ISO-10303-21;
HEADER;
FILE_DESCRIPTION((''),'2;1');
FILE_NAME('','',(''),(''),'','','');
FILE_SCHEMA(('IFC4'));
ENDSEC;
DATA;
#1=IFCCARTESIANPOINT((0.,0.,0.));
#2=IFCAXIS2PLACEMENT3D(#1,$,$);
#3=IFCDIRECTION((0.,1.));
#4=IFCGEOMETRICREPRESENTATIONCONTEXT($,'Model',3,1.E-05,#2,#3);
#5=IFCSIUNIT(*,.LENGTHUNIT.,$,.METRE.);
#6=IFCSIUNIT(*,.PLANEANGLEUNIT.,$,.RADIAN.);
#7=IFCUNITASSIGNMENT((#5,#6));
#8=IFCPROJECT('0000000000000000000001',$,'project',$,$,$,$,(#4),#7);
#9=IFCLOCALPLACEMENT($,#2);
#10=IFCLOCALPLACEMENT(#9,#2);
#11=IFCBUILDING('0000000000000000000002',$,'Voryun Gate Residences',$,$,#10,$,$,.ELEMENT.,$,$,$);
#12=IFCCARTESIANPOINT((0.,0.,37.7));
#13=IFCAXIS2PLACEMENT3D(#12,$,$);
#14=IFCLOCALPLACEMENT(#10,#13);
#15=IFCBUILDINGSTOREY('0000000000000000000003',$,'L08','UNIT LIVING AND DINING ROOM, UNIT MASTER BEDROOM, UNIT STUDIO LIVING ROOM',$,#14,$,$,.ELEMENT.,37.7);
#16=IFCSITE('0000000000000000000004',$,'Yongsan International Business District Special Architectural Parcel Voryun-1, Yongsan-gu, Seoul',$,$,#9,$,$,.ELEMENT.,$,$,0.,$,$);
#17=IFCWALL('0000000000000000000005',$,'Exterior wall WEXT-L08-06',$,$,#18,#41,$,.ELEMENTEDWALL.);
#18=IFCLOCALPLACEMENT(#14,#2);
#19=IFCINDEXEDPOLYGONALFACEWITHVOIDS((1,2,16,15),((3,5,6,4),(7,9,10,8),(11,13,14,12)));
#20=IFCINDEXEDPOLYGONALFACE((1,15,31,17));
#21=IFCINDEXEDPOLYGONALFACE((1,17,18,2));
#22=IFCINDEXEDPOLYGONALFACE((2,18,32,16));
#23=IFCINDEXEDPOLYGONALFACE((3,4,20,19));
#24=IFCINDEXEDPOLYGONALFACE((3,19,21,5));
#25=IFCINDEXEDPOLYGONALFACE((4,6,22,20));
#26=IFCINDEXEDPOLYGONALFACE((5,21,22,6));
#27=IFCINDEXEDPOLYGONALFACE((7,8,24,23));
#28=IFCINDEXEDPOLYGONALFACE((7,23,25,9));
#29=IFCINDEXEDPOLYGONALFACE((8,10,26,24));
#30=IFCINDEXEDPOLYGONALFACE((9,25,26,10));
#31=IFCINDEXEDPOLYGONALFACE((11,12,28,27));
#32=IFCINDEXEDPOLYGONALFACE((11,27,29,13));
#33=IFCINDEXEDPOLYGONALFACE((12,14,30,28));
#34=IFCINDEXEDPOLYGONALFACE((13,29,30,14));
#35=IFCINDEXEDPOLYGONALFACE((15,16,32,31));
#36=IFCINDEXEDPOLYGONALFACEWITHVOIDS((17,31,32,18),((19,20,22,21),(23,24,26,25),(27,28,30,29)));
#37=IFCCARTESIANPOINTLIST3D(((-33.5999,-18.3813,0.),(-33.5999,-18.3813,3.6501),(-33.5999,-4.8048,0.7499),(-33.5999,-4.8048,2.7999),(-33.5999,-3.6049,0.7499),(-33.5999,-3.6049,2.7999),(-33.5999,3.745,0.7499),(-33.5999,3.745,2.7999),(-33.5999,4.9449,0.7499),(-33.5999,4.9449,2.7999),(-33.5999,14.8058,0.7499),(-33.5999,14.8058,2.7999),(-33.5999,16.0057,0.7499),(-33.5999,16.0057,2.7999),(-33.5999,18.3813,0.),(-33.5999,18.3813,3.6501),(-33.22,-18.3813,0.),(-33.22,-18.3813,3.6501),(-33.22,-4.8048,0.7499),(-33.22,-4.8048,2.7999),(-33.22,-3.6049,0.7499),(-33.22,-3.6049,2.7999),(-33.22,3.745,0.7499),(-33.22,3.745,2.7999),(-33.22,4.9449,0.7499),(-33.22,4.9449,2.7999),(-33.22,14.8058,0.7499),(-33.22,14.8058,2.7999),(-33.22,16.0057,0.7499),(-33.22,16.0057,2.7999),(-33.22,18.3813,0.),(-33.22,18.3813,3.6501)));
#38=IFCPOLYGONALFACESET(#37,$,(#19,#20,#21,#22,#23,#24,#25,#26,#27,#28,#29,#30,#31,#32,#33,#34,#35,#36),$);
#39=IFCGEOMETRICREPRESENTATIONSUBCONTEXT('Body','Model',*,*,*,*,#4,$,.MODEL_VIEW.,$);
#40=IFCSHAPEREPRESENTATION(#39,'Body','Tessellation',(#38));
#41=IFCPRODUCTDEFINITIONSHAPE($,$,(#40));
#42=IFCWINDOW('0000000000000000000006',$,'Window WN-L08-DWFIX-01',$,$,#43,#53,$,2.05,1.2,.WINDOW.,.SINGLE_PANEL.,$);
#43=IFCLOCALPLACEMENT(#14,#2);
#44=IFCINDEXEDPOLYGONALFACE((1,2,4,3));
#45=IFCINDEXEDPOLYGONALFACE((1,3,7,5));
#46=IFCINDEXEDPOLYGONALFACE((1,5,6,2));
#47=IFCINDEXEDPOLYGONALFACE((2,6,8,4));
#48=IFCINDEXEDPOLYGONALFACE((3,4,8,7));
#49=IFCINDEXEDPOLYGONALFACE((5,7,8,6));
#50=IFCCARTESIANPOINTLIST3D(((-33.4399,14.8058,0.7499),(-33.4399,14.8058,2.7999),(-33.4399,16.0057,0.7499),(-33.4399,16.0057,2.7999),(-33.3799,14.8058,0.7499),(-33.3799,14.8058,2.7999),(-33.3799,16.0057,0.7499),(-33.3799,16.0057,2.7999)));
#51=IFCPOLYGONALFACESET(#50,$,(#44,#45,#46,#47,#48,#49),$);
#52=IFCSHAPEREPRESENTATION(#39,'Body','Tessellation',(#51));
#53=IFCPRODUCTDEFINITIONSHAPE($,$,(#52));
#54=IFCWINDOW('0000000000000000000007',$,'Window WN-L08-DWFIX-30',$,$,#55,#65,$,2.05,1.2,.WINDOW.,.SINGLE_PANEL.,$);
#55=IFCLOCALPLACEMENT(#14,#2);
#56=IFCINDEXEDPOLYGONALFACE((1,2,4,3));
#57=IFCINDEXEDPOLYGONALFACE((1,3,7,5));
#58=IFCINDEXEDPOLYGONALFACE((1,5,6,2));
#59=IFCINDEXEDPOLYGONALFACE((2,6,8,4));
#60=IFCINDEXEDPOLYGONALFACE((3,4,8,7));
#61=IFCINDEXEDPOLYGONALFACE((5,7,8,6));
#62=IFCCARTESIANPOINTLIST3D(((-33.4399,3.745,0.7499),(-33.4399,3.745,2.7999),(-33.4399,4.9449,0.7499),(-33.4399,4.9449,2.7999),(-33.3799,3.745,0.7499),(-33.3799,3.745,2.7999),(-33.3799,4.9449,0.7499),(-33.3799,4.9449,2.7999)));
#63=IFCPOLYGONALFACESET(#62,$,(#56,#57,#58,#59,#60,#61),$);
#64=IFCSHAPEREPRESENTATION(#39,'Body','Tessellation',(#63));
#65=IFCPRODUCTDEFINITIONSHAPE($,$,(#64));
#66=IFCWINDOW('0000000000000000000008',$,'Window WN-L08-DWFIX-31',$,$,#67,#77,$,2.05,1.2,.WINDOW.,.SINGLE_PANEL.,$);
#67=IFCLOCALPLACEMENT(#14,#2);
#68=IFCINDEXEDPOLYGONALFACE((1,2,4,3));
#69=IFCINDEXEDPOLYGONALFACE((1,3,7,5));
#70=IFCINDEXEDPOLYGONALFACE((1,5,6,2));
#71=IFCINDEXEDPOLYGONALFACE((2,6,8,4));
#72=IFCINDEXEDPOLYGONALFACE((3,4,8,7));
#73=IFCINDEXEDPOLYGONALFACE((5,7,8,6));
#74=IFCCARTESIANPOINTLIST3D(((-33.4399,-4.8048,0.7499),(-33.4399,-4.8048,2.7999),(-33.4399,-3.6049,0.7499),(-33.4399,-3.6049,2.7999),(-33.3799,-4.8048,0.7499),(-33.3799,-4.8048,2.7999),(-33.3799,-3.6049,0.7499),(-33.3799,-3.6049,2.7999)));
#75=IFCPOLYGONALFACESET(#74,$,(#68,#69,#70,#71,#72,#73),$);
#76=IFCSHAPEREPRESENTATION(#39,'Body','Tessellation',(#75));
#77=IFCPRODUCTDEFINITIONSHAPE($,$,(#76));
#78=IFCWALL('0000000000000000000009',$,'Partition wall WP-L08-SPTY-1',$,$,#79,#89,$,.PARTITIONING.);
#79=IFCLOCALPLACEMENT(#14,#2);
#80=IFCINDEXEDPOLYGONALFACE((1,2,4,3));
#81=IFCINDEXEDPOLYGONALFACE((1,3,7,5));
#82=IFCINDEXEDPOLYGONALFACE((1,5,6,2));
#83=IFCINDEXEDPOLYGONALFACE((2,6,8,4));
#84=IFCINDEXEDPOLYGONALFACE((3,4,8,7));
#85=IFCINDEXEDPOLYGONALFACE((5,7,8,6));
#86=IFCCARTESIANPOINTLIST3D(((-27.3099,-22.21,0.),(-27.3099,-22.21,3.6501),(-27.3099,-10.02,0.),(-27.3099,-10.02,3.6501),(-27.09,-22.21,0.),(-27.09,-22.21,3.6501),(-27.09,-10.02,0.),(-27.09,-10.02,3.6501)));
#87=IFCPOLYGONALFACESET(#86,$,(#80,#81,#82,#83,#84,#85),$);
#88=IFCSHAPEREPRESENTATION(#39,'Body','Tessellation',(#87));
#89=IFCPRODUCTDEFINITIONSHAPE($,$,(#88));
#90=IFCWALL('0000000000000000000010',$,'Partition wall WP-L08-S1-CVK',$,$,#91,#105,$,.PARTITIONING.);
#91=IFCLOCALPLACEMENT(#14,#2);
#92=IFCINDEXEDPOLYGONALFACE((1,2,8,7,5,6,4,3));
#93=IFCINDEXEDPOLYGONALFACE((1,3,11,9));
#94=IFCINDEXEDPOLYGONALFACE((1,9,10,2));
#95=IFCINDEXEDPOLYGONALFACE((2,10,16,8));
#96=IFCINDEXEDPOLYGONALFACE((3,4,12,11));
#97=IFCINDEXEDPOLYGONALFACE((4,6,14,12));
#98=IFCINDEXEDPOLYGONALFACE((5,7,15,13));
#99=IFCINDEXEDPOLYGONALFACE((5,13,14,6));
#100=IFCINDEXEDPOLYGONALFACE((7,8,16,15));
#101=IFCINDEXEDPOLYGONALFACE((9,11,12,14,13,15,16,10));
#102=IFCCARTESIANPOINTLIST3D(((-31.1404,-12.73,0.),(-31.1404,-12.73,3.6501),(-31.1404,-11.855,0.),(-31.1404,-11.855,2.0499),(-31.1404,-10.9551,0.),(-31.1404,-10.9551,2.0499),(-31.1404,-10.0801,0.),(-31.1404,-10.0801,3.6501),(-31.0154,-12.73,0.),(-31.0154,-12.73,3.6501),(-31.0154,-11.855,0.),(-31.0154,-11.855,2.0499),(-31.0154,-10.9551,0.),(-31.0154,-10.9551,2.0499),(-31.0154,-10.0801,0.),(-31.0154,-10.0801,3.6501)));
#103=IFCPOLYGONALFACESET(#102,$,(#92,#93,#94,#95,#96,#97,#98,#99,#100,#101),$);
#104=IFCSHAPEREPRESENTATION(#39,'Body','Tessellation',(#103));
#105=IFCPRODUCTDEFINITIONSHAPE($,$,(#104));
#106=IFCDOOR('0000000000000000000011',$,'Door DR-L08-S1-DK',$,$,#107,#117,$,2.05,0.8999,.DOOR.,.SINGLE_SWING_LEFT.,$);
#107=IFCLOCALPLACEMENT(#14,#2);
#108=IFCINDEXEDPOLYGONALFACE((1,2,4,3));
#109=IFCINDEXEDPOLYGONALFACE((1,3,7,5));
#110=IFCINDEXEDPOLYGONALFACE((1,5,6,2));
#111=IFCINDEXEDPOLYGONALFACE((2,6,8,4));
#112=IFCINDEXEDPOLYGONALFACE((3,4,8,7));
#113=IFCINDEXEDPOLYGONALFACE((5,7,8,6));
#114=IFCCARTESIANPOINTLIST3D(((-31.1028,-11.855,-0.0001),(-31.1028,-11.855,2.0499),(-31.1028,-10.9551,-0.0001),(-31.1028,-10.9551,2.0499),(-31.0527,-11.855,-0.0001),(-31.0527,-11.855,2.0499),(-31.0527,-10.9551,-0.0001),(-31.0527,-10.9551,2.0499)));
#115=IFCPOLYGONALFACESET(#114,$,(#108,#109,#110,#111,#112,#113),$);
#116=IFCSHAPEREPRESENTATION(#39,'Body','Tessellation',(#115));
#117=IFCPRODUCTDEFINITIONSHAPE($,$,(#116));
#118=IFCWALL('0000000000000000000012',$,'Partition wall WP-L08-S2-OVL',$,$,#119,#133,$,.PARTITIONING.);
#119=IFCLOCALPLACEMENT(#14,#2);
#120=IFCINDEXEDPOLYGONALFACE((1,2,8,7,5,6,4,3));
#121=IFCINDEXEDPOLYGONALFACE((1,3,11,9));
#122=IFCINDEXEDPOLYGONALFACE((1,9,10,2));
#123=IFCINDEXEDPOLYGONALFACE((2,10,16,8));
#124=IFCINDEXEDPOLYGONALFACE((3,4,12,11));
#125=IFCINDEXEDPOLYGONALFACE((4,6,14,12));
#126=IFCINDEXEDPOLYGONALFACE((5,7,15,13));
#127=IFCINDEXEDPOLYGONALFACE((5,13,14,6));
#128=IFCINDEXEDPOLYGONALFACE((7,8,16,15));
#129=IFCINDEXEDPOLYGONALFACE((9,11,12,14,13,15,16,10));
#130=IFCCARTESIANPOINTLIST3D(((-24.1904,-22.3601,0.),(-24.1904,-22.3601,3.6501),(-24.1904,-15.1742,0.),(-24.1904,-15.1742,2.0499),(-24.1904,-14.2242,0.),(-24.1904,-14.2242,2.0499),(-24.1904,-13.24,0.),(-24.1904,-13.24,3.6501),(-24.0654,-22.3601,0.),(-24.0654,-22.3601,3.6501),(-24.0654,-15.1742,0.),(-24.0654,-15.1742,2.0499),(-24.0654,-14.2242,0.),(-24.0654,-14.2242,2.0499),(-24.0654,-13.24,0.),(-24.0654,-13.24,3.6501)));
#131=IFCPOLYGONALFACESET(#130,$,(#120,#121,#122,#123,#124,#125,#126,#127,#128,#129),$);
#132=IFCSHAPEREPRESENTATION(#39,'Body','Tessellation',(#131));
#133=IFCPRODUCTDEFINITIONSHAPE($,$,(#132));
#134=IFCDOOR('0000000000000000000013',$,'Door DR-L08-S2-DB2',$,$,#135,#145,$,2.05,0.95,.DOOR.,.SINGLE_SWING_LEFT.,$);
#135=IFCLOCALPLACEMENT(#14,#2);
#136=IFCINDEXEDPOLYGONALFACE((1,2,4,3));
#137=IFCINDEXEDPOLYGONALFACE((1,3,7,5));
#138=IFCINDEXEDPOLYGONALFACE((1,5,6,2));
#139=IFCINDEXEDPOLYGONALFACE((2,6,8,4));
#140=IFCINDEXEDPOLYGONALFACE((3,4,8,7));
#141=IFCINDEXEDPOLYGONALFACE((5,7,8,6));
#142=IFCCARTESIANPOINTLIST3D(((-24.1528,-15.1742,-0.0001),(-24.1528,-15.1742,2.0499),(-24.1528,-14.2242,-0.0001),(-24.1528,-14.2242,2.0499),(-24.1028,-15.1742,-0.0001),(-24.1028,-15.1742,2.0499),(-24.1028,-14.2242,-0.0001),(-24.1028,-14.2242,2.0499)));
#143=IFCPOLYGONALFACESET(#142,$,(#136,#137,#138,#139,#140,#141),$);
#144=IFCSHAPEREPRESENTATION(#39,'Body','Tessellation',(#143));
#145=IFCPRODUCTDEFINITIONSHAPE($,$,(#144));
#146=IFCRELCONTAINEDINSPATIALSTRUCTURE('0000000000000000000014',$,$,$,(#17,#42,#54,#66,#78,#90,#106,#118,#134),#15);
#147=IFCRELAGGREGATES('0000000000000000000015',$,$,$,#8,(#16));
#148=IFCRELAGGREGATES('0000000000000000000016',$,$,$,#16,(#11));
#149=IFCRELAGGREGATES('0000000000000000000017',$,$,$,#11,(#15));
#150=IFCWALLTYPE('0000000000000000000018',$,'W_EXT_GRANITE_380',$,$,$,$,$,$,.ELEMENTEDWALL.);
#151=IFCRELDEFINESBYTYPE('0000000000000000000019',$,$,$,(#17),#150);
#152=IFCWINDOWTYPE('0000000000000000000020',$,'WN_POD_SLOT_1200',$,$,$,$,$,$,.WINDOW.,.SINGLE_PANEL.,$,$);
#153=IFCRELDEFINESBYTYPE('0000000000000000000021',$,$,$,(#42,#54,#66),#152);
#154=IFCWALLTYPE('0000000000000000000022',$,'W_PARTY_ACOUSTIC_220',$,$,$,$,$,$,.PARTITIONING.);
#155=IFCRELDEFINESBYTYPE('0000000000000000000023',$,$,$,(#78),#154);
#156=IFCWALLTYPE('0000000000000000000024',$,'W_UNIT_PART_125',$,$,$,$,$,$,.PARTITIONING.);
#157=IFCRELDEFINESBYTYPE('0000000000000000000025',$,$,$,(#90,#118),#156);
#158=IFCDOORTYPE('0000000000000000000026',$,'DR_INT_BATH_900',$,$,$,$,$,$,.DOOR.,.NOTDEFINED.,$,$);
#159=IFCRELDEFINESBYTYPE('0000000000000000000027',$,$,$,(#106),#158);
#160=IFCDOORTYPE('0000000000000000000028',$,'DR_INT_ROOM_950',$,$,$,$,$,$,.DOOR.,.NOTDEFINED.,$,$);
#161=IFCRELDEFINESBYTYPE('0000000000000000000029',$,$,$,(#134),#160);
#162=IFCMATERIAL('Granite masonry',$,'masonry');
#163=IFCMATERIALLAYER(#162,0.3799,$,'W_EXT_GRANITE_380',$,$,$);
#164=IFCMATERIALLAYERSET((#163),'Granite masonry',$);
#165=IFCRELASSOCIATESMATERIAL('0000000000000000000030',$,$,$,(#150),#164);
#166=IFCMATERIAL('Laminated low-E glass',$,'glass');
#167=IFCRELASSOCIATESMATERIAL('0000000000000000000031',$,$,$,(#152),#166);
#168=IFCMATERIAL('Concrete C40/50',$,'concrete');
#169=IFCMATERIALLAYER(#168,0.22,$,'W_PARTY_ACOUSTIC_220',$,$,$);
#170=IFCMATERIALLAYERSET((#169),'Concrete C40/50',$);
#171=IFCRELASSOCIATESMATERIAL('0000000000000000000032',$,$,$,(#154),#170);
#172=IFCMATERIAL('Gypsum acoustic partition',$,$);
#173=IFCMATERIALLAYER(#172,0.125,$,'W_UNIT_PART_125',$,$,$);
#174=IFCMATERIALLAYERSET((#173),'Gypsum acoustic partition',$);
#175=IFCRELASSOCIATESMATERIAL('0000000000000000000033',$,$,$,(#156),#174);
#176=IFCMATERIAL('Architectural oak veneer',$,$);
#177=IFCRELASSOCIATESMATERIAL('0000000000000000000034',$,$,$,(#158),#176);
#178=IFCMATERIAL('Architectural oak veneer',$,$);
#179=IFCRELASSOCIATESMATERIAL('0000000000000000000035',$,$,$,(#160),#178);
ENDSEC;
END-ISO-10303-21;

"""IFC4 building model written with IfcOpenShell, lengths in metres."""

from ifc_helpers import new_model, si_unit, direction, frame, frame_2d, origin, place, context, subcontext, project, spatial, rectangle, extrude, material, layer, layer_set, type_object, element, fill, save


model = new_model("IFC4")

# Units and contexts
model_context = context("Model", 3, precision=1e-05, world=origin(), true_north=direction((0.0, 1.0)))
body_context = subcontext(model_context, "Body", "Model", "MODEL_VIEW")
ifc_project = project(units=[si_unit("LENGTHUNIT", "METRE"), si_unit("PLANEANGLEUNIT", "RADIAN")], contexts=[model_context])

# Site, building, storey
site_placement = place(None, origin())
site = spatial("IfcSite", under=ifc_project, at=site_placement, Name="Yongsan International Business District Special Architectural Parcel Voryun-1, Yongsan-gu, Seoul", CompositionType="ELEMENT", RefElevation=0.0)
building_placement = place(site_placement, origin())
building = spatial("IfcBuilding", under=site, at=building_placement, Name="Voryun Gate Residences", CompositionType="ELEMENT")
storey_placement = place(building_placement, frame((0.0, 0.0, 37.7)))
storey = spatial("IfcBuildingStorey", under=building, at=storey_placement, Name="L08", Description="UNIT LIVING AND DINING ROOM, UNIT MASTER BEDROOM, UNIT STUDIO LIVING ROOM", CompositionType="ELEMENT", Elevation=37.7)

# Shared definitions
ifc_material_1 = material(Name="Granite masonry", Category="masonry")
ifc_layer_1 = layer(ifc_material_1, 0.3799, Name="W_EXT_GRANITE_380")
ifc_layer_set_1 = layer_set([ifc_layer_1], Name="Granite masonry")
wall_type_1 = type_object("IfcWallType", Name="W_EXT_GRANITE_380", PredefinedType="ELEMENTEDWALL", material=ifc_layer_set_1)

# Wall, openings, windows
wall_1_placement = place(storey_placement, frame((-33.4099, -18.3813, 0.0), z_axis=(0.0, 0.0, 1.0), x_axis=(0.0, 1.0, 0.0)))
wall_1 = element("IfcWall", 1, at=wall_1_placement, inside=storey, type_object=wall_type_1, Name="Exterior wall WEXT-L08-06", PredefinedType="ELEMENTEDWALL", context=body_context, shape_type="SweptSolid", body=[
    extrude(rectangle(XDim=36.7627, YDim=0.3799, at=frame_2d((18.3813, 0.0))), origin(), (0.0, 0.0, 1.0), 3.6501),
])
opening_1_placement = place(wall_1_placement, frame((33.187, 0.0, 0.75)))
opening_1 = element("IfcOpeningElement", 2, at=opening_1_placement, cuts=wall_1, PredefinedType="OPENING", context=body_context, shape_type="SweptSolid", body=[
    extrude(rectangle(XDim=1.2, YDim=2.05, at=frame_2d((0.6001, 1.0249))), frame((0.0, 0.2, 0.0), z_axis=(0.0, -1.0, 0.0), x_axis=(1.0, 0.0, 0.0)), (0.0, 0.0, 1.0), 0.3999),
])
opening_2_placement = place(wall_1_placement, frame((22.1262, 0.0, 0.75)))
opening_2 = element("IfcOpeningElement", 3, at=opening_2_placement, cuts=wall_1, PredefinedType="OPENING", context=body_context, shape_type="SweptSolid", body=[
    extrude(rectangle(XDim=1.2, YDim=2.05, at=frame_2d((0.6001, 1.0249))), frame((0.0, 0.2, 0.0), z_axis=(0.0, -1.0, 0.0), x_axis=(1.0, 0.0, 0.0)), (0.0, 0.0, 1.0), 0.3999),
])
opening_3_placement = place(wall_1_placement, frame((13.5764, 0.0, 0.75)))
opening_3 = element("IfcOpeningElement", 4, at=opening_3_placement, cuts=wall_1, PredefinedType="OPENING", context=body_context, shape_type="SweptSolid", body=[
    extrude(rectangle(XDim=1.2, YDim=2.05, at=frame_2d((0.6001, 1.0249))), frame((0.0, 0.2, 0.0), z_axis=(0.0, -1.0, 0.0), x_axis=(1.0, 0.0, 0.0)), (0.0, 0.0, 1.0), 0.3999),
])
ifc_material_2 = material(Name="Laminated low-E glass", Category="glass")
window_type = type_object("IfcWindowType", Name="WN_POD_SLOT_1200", PartitioningType="SINGLE_PANEL", PredefinedType="WINDOW", material=ifc_material_2)
window_1_placement = place(opening_1_placement, origin())
window_1 = element("IfcWindow", 5, at=window_1_placement, inside=storey, type_object=window_type, Name="Window WN-L08-DWFIX-01", OverallHeight=2.05, OverallWidth=1.2, PartitioningType="SINGLE_PANEL", PredefinedType="WINDOW", context=body_context, shape_type="SweptSolid", body=[
    extrude(rectangle(XDim=1.2, YDim=2.05, at=frame_2d((0.6001, 1.0249))), frame((0.0, 0.03, 0.0), z_axis=(0.0, -1.0, 0.0), x_axis=(1.0, 0.0, 0.0)), (0.0, 0.0, 1.0), 0.0601),
])
fill(opening_1, window_1)
window_2_placement = place(opening_2_placement, origin())
window_2 = element("IfcWindow", 6, at=window_2_placement, inside=storey, type_object=window_type, Name="Window WN-L08-DWFIX-30", OverallHeight=2.05, OverallWidth=1.2, PartitioningType="SINGLE_PANEL", PredefinedType="WINDOW", context=body_context, shape_type="SweptSolid", body=[
    extrude(rectangle(XDim=1.2, YDim=2.05, at=frame_2d((0.6001, 1.0249))), frame((0.0, 0.03, 0.0), z_axis=(0.0, -1.0, 0.0), x_axis=(1.0, 0.0, 0.0)), (0.0, 0.0, 1.0), 0.0601),
])
fill(opening_2, window_2)
window_3_placement = place(opening_3_placement, origin())
window_3 = element("IfcWindow", 7, at=window_3_placement, inside=storey, type_object=window_type, Name="Window WN-L08-DWFIX-31", OverallHeight=2.05, OverallWidth=1.2, PartitioningType="SINGLE_PANEL", PredefinedType="WINDOW", context=body_context, shape_type="SweptSolid", body=[
    extrude(rectangle(XDim=1.2, YDim=2.05, at=frame_2d((0.6001, 1.0249))), frame((0.0, 0.03, 0.0), z_axis=(0.0, -1.0, 0.0), x_axis=(1.0, 0.0, 0.0)), (0.0, 0.0, 1.0), 0.0601),
])
fill(opening_3, window_3)

# Wall
ifc_material_3 = material(Name="Concrete C40/50", Category="concrete")
ifc_layer_2 = layer(ifc_material_3, 0.22, Name="W_PARTY_ACOUSTIC_220")
ifc_layer_set_2 = layer_set([ifc_layer_2], Name="Concrete C40/50")
wall_type_2 = type_object("IfcWallType", Name="W_PARTY_ACOUSTIC_220", PredefinedType="PARTITIONING", material=ifc_layer_set_2)
wall_2_placement = place(storey_placement, frame((-27.2, -22.21, 0.0), z_axis=(0.0, 0.0, 1.0), x_axis=(0.0, 1.0, 0.0)))
element("IfcWall", 8, at=wall_2_placement, inside=storey, type_object=wall_type_2, Name="Partition wall WP-L08-SPTY-1", PredefinedType="PARTITIONING", context=body_context, shape_type="SweptSolid", body=[
    extrude(rectangle(XDim=12.1899, YDim=0.22, at=frame_2d((6.095, 0.0))), origin(), (0.0, 0.0, 1.0), 3.6501),
])

# Walls, openings, doors
ifc_material_4 = material(Name="Gypsum acoustic partition")
ifc_layer_3 = layer(ifc_material_4, 0.125, Name="W_UNIT_PART_125")
ifc_layer_set_3 = layer_set([ifc_layer_3], Name="Gypsum acoustic partition")
wall_type_3 = type_object("IfcWallType", Name="W_UNIT_PART_125", PredefinedType="PARTITIONING", material=ifc_layer_set_3)
wall_3_placement = place(storey_placement, frame((-31.0779, -12.73, 0.0), z_axis=(0.0, 0.0, 1.0), x_axis=(0.0, 1.0, 0.0)))
wall_3 = element("IfcWall", 9, at=wall_3_placement, inside=storey, type_object=wall_type_3, Name="Partition wall WP-L08-S1-CVK", PredefinedType="PARTITIONING", context=body_context, shape_type="SweptSolid", body=[
    extrude(rectangle(XDim=2.6499, YDim=0.125, at=frame_2d((1.325, 0.0))), origin(), (0.0, 0.0, 1.0), 3.6501),
])
opening_4_placement = place(wall_3_placement, frame((0.875, 0.0, 0.0)))
opening_4 = element("IfcOpeningElement", 10, at=opening_4_placement, cuts=wall_3, PredefinedType="OPENING", context=body_context, shape_type="SweptSolid", body=[
    extrude(rectangle(XDim=0.8999, YDim=2.05, at=frame_2d((0.45, 1.0249))), frame((0.0, 0.0725, 0.0), z_axis=(0.0, -1.0, 0.0), x_axis=(1.0, 0.0, 0.0)), (0.0, 0.0, 1.0), 0.145),
])
ifc_material_5 = material(Name="Architectural oak veneer")
door_type_1 = type_object("IfcDoorType", Name="DR_INT_BATH_900", OperationType="NOTDEFINED", PredefinedType="DOOR", material=ifc_material_5)
door_1_placement = place(opening_4_placement, origin())
door_1 = element("IfcDoor", 11, at=door_1_placement, inside=storey, type_object=door_type_1, Name="Door DR-L08-S1-DK", OperationType="SINGLE_SWING_LEFT", OverallHeight=2.05, OverallWidth=0.8999, PredefinedType="DOOR", context=body_context, shape_type="SweptSolid", body=[
    extrude(rectangle(XDim=0.8999, YDim=2.05, at=frame_2d((0.45, 1.0249))), frame((0.0, 0.0249, 0.0), z_axis=(0.0, -1.0, 0.0), x_axis=(1.0, 0.0, 0.0)), (0.0, 0.0, 1.0), 0.05),
])
fill(opening_4, door_1)
wall_4_placement = place(storey_placement, frame((-24.1279, -22.3601, 0.0), z_axis=(0.0, 0.0, 1.0), x_axis=(0.0, 1.0, 0.0)))
wall_4 = element("IfcWall", 12, at=wall_4_placement, inside=storey, type_object=wall_type_3, Name="Partition wall WP-L08-S2-OVL", PredefinedType="PARTITIONING", context=body_context, shape_type="SweptSolid", body=[
    extrude(rectangle(XDim=9.1201, YDim=0.125, at=frame_2d((4.5601, 0.0))), origin(), (0.0, 0.0, 1.0), 3.6501),
])
opening_5_placement = place(wall_4_placement, frame((7.1858, 0.0, 0.0)))
opening_5 = element("IfcOpeningElement", 13, at=opening_5_placement, cuts=wall_4, PredefinedType="OPENING", context=body_context, shape_type="SweptSolid", body=[
    extrude(rectangle(XDim=0.95, YDim=2.05, at=frame_2d((0.4751, 1.0249))), frame((0.0, 0.0725, 0.0), z_axis=(0.0, -1.0, 0.0), x_axis=(1.0, 0.0, 0.0)), (0.0, 0.0, 1.0), 0.145),
])
ifc_material_6 = material(Name="Architectural oak veneer")
door_type_2 = type_object("IfcDoorType", Name="DR_INT_ROOM_950", OperationType="NOTDEFINED", PredefinedType="DOOR", material=ifc_material_6)
door_2_placement = place(opening_5_placement, origin())
door_2 = element("IfcDoor", 14, at=door_2_placement, inside=storey, type_object=door_type_2, Name="Door DR-L08-S2-DB2", OperationType="SINGLE_SWING_LEFT", OverallHeight=2.05, OverallWidth=0.95, PredefinedType="DOOR", context=body_context, shape_type="SweptSolid", body=[
    extrude(rectangle(XDim=0.95, YDim=2.05, at=frame_2d((0.4751, 1.0249))), frame((0.0, 0.0249, 0.0), z_axis=(0.0, -1.0, 0.0), x_axis=(1.0, 0.0, 0.0)), (0.0, 0.0, 1.0), 0.05),
])
fill(opening_5, door_2)

save(model, "model.ifc")
